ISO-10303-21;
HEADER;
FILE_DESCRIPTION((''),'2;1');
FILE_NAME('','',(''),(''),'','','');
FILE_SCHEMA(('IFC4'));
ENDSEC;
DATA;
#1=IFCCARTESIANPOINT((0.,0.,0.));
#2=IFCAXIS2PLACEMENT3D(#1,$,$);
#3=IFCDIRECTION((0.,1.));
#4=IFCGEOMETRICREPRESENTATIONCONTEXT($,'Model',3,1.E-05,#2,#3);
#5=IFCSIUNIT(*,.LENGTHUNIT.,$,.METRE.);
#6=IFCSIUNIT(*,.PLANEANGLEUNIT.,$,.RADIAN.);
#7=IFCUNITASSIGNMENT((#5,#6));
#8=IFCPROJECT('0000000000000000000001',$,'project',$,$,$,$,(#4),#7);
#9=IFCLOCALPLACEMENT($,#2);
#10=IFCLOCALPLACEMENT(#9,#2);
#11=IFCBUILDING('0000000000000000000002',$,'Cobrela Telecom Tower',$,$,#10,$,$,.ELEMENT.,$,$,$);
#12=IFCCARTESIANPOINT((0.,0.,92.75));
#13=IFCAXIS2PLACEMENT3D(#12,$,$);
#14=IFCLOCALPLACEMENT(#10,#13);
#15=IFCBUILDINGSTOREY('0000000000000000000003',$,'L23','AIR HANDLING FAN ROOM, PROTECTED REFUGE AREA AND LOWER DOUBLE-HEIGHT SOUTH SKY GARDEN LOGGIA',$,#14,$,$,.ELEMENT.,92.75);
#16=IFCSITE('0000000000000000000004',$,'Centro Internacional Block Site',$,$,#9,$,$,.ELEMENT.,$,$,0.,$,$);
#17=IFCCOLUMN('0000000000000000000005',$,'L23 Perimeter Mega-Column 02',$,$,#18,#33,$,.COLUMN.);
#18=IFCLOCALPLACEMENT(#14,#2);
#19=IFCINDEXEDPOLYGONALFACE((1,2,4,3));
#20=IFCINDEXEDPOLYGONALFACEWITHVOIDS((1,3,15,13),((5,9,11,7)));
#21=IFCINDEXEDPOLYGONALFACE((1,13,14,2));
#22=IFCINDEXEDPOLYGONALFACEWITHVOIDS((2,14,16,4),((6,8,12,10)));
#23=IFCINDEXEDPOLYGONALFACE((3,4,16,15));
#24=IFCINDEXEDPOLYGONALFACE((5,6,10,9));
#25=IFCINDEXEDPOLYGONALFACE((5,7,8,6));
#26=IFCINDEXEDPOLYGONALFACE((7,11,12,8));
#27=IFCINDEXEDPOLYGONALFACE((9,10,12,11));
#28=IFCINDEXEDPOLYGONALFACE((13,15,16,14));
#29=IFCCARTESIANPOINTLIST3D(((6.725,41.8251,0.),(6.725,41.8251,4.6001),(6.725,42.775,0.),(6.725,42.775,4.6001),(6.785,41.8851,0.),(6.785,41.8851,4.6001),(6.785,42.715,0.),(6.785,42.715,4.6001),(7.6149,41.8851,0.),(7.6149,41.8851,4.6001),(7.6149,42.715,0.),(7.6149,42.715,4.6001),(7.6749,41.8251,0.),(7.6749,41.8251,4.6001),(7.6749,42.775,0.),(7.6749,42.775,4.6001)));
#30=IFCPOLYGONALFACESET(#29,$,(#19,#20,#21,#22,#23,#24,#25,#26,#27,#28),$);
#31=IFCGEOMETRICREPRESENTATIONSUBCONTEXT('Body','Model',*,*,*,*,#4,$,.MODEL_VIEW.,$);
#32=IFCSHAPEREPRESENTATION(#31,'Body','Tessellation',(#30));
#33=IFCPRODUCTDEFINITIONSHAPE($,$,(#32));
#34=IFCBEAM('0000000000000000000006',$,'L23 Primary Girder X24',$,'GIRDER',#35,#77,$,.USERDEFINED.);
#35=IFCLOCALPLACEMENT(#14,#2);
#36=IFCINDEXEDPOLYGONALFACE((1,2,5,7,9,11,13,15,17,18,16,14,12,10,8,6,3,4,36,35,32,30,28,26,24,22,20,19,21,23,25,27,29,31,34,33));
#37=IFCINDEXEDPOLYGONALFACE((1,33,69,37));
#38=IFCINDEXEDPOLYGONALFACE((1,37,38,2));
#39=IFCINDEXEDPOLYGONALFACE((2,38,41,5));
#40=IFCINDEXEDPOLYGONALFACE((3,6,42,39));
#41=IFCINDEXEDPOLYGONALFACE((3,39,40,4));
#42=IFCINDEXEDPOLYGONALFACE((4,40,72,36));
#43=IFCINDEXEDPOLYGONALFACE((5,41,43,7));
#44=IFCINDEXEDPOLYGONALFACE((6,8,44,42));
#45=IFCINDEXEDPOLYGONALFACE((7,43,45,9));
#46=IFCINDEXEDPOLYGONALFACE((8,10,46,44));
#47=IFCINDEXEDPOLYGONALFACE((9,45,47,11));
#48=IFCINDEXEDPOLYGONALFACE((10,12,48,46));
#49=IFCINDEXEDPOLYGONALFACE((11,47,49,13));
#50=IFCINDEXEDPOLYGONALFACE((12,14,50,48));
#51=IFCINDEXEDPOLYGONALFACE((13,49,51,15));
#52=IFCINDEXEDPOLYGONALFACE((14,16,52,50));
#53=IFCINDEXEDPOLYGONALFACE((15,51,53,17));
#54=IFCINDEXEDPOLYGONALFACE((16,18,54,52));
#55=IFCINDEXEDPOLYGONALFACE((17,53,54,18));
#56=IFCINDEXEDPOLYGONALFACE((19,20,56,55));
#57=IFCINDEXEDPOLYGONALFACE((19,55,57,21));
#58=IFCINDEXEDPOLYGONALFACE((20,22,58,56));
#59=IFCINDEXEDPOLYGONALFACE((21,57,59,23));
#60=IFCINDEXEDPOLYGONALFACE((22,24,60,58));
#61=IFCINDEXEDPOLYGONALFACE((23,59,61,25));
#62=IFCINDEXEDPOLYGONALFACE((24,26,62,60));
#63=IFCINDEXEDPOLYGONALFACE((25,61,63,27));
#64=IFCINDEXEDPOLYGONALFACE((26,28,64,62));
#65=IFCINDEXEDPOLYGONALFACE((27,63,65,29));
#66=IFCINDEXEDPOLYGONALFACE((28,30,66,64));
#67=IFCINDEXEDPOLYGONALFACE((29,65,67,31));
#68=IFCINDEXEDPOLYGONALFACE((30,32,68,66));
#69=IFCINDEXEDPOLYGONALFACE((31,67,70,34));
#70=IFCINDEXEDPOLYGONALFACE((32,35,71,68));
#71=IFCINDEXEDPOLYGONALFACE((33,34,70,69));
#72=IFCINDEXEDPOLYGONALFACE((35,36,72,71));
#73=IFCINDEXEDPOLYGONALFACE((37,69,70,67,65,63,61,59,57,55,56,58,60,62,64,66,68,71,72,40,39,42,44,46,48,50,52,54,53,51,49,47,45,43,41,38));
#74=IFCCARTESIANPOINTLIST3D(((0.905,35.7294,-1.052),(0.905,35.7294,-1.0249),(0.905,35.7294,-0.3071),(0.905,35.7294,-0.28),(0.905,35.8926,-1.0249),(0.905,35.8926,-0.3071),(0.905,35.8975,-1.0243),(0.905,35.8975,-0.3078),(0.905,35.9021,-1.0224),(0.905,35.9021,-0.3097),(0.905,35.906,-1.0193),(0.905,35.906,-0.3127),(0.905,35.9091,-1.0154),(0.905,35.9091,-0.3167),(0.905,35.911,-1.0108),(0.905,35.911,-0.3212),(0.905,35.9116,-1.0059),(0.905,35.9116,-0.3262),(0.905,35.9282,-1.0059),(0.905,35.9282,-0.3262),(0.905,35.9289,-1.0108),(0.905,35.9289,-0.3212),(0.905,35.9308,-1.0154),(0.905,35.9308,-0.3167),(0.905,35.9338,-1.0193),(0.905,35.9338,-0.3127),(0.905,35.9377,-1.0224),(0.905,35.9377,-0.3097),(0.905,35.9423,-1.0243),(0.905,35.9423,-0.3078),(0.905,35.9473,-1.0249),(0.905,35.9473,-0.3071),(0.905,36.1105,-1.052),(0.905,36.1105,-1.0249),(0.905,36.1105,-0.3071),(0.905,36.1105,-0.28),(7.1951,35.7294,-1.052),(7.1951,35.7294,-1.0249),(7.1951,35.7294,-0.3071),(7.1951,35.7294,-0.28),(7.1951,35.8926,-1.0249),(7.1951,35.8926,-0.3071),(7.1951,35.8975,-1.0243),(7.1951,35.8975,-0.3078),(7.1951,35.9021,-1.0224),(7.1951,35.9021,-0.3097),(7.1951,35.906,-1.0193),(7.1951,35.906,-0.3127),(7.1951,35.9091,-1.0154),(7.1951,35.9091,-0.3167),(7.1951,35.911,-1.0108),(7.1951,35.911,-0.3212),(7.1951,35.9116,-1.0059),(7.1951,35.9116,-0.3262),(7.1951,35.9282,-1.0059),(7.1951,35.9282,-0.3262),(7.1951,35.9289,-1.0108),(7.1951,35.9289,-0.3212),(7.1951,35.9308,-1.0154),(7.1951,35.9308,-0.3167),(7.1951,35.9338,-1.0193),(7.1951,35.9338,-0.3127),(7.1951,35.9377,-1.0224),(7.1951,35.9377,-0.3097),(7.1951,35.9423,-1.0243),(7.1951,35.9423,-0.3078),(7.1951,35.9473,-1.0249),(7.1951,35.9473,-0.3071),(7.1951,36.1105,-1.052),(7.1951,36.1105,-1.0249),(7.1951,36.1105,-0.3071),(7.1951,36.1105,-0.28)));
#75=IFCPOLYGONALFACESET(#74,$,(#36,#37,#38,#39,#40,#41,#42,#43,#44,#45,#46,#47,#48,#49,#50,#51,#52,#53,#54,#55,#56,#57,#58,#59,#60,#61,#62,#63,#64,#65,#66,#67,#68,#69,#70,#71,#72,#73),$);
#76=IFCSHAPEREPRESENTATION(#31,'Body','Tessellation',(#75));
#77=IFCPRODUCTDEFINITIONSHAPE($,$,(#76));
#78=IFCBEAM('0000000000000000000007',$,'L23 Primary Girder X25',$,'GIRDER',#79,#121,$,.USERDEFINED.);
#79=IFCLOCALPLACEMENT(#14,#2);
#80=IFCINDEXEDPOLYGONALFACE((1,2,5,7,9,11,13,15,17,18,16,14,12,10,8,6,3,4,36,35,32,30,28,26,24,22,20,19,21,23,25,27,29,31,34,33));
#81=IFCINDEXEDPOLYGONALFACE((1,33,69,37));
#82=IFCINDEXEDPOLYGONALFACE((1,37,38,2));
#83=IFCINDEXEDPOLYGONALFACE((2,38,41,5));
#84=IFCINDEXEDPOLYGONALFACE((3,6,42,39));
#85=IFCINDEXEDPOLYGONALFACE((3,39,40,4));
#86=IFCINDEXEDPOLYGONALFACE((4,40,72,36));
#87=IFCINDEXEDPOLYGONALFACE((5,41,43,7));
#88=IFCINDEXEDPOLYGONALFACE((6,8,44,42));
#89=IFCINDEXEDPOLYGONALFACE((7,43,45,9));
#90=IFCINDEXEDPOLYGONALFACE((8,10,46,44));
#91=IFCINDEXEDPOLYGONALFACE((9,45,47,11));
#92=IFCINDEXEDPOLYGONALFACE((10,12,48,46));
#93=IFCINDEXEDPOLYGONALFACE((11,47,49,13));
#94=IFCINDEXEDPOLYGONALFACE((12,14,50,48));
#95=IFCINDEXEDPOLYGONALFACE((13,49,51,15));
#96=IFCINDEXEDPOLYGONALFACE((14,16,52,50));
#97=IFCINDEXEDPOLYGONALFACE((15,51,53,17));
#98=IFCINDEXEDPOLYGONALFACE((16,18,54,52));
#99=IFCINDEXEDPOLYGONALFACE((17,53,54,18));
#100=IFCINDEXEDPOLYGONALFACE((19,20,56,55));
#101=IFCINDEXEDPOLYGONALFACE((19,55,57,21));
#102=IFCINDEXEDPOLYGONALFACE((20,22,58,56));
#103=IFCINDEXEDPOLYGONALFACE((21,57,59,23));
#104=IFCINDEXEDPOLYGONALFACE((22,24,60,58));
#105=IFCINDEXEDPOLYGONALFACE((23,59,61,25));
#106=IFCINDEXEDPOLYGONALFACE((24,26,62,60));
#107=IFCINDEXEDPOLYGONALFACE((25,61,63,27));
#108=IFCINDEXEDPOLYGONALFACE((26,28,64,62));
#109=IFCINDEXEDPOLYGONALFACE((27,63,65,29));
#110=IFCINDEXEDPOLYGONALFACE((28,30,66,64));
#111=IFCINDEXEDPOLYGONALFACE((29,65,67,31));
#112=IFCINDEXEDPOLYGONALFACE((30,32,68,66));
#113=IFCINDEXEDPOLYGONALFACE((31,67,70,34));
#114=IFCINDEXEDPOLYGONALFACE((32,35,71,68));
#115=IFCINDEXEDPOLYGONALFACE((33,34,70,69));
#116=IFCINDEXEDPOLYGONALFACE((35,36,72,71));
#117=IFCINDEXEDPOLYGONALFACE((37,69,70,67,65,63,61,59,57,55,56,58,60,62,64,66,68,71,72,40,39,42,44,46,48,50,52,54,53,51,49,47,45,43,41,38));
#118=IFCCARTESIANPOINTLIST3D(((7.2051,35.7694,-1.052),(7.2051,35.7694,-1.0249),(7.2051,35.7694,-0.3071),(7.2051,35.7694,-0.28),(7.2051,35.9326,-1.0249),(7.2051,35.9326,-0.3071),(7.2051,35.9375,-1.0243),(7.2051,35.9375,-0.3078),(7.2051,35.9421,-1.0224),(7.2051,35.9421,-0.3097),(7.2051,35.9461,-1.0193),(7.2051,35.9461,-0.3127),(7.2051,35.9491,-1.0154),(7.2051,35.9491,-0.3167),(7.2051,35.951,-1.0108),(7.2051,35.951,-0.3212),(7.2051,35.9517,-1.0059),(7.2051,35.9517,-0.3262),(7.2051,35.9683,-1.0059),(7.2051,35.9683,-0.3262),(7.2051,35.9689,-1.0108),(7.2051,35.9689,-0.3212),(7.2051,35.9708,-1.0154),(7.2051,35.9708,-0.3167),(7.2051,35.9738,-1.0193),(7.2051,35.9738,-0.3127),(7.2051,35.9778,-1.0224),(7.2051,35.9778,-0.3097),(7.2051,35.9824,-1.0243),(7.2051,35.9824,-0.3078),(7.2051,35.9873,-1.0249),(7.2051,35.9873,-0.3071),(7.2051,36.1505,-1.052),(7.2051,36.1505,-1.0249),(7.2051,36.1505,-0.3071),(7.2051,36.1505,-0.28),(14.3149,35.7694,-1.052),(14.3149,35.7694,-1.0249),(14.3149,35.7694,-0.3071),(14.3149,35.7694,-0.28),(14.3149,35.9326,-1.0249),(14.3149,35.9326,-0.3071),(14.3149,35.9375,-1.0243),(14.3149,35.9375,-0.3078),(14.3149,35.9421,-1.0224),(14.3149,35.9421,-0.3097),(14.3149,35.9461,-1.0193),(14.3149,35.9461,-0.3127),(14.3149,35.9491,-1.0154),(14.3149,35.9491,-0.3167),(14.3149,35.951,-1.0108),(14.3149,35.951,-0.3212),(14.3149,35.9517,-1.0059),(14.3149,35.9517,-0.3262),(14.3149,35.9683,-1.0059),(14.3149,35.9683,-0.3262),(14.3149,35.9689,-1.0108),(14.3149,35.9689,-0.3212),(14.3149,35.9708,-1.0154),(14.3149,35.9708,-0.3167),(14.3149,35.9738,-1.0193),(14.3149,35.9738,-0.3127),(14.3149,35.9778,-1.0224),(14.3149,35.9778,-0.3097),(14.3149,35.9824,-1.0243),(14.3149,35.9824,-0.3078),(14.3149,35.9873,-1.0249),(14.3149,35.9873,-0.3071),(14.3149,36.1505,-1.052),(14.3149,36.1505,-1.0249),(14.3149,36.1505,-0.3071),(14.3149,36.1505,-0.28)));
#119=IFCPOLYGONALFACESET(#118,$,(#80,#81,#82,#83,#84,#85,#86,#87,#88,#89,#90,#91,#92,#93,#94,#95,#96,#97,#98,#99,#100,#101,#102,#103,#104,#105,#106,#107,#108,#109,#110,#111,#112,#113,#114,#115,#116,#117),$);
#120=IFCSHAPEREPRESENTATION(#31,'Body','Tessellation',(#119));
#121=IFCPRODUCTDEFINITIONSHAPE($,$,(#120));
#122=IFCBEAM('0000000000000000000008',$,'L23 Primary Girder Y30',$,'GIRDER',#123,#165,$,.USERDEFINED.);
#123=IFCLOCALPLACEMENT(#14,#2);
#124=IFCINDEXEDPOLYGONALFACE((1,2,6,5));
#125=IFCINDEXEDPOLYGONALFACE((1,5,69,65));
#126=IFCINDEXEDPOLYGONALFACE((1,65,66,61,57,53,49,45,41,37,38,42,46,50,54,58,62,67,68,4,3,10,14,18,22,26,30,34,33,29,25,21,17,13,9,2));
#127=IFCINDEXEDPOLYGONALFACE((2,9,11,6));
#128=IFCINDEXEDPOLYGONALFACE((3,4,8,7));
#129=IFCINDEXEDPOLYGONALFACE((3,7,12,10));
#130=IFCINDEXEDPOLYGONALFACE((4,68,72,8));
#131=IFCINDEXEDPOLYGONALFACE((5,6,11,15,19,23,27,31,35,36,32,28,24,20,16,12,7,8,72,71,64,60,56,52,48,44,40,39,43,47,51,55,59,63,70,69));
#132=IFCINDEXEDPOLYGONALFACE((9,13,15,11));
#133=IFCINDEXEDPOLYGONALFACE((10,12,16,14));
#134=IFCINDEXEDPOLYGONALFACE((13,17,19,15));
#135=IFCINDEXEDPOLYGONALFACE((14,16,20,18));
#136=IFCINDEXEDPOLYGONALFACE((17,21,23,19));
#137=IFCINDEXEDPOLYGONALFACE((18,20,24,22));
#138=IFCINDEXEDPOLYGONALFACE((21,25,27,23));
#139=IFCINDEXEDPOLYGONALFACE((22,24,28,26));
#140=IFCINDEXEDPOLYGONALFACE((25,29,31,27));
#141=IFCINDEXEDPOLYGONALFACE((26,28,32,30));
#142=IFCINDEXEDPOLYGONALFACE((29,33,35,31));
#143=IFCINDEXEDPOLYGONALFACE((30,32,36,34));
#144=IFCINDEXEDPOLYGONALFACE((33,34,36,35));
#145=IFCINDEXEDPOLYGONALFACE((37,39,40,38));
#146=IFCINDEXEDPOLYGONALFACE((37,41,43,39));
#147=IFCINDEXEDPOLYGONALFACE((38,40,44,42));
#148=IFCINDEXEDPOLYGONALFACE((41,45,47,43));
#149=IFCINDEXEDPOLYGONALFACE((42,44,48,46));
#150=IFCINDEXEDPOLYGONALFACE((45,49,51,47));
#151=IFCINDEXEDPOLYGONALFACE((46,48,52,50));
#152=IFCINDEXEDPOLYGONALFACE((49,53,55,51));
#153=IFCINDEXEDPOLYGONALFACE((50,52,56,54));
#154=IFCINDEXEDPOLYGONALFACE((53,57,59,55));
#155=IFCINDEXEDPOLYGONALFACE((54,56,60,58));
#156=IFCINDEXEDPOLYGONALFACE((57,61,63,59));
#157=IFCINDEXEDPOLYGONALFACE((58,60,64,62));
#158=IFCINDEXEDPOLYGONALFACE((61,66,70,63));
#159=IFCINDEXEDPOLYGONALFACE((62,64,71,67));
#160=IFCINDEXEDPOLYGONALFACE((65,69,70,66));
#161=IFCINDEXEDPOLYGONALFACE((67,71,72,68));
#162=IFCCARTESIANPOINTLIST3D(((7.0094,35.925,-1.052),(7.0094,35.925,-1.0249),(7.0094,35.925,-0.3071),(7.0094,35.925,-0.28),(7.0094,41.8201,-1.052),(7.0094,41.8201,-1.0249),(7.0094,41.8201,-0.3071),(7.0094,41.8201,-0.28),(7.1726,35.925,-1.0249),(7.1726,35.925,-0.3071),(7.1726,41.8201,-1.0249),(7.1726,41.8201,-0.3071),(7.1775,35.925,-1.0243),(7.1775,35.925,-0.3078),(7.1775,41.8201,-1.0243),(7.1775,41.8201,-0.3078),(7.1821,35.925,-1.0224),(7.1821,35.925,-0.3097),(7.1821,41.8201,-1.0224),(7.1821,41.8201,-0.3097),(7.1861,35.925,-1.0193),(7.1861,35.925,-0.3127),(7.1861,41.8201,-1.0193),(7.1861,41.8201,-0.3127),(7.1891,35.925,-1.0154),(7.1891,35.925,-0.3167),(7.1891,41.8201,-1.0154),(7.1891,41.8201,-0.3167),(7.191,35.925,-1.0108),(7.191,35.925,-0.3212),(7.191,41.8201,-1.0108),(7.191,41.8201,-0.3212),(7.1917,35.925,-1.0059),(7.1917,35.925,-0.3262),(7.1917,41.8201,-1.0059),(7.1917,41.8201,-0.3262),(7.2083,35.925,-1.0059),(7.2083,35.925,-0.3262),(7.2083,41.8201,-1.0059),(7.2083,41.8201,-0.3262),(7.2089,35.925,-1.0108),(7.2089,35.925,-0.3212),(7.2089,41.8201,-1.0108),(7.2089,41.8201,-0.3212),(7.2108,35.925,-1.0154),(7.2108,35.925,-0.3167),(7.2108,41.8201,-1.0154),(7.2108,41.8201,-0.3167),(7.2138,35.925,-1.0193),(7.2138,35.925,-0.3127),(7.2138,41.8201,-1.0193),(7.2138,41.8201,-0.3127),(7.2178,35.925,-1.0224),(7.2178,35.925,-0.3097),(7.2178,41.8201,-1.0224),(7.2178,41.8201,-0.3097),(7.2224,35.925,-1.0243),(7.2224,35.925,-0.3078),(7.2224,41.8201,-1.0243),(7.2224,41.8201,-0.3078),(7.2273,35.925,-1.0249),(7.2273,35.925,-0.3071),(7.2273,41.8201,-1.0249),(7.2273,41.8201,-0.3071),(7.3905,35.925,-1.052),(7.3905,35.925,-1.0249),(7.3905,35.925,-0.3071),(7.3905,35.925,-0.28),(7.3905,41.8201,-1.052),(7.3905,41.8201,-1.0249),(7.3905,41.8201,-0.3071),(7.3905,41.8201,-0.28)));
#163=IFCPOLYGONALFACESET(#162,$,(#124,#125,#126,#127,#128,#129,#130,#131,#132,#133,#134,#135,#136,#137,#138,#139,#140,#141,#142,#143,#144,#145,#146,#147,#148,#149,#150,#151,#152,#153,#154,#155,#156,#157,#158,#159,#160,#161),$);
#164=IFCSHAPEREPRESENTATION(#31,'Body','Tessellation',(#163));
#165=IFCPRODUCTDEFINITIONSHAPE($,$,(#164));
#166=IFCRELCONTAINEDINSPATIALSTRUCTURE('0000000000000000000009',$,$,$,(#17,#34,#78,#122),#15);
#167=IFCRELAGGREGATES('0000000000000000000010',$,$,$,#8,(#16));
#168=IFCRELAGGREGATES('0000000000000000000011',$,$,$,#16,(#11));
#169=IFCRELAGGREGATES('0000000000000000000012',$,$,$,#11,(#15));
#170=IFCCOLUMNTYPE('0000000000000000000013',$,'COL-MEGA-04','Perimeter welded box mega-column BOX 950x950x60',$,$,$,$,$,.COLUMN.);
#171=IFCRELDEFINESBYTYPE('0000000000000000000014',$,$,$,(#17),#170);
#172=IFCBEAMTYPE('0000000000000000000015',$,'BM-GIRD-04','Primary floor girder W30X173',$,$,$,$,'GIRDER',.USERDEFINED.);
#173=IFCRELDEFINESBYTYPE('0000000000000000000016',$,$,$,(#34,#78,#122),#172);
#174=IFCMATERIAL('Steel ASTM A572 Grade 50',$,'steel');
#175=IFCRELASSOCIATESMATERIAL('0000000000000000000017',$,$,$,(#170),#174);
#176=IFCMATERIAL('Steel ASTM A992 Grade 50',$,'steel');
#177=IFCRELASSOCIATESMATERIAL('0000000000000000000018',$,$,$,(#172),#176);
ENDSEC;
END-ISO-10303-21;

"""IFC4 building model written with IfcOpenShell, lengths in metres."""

from ifc_helpers import new_model, si_unit, direction, frame, origin, origin_2d, place, context, subcontext, project, spatial, hollow_rectangle, i_section, extrude, material, material_profile, profile_set, type_object, element, save


model = new_model("IFC4")

# Units and contexts
model_context = context("Model", 3, precision=1e-05, world=origin(), true_north=direction((0.0, 1.0)))
body_context = subcontext(model_context, "Body", "Model", "MODEL_VIEW")
ifc_project = project(units=[si_unit("LENGTHUNIT", "METRE"), si_unit("PLANEANGLEUNIT", "RADIAN")], contexts=[model_context])

# Site, building, storey
site_placement = place(None, origin())
site = spatial("IfcSite", under=ifc_project, at=site_placement, Name="Centro Internacional Block Site", CompositionType="ELEMENT", RefElevation=0.0)
building_placement = place(site_placement, origin())
building = spatial("IfcBuilding", under=site, at=building_placement, Name="Cobrela Telecom Tower", CompositionType="ELEMENT")
storey_placement = place(building_placement, frame((0.0, 0.0, 92.75)))
storey = spatial("IfcBuildingStorey", under=building, at=storey_placement, Name="L23", Description="AIR HANDLING FAN ROOM, PROTECTED REFUGE AREA AND LOWER DOUBLE-HEIGHT SOUTH SKY GARDEN LOGGIA", CompositionType="ELEMENT", Elevation=92.75)

# Column
ifc_material_1 = material(Name="Steel ASTM A572 Grade 50", Category="steel")
ifc_material_profile_1 = material_profile(ifc_material_1, hollow_rectangle(XDim=0.95, YDim=0.95, WallThickness=0.0601, at=origin_2d()), Name="BOX 950x950x60")
ifc_profile_set_1 = profile_set([ifc_material_profile_1], Name="Steel ASTM A572 Grade 50")
column_type = type_object("IfcColumnType", Name="COL-MEGA-04", Description="Perimeter welded box mega-column BOX 950x950x60", PredefinedType="COLUMN", material=ifc_profile_set_1)
column_placement = place(storey_placement, frame((7.2, 42.3, 0.0), z_axis=(0.0, 0.0, 1.0), x_axis=(1.0, 0.0, 0.0)))
element("IfcColumn", 1, at=column_placement, inside=storey, type_object=column_type, Name="L23 Perimeter Mega-Column 02", PredefinedType="COLUMN", context=body_context, shape_type="SweptSolid", body=[
    extrude(hollow_rectangle(XDim=0.95, YDim=0.95, WallThickness=0.0601, at=origin_2d()), origin(), (0.0, 0.0, 1.0), 4.6001),
])

# Beams
ifc_material_2 = material(Name="Steel ASTM A992 Grade 50", Category="steel")
ifc_material_profile_2 = material_profile(ifc_material_2, i_section(OverallWidth=0.3811, OverallDepth=0.772, WebThickness=0.0166, FlangeThickness=0.0271, FilletRadius=0.019, at=origin_2d()), Name="W30X173")
ifc_profile_set_2 = profile_set([ifc_material_profile_2], Name="Steel ASTM A992 Grade 50")
beam_type_1 = type_object("IfcBeamType", Name="BM-GIRD-04", Description="Primary floor girder W30X173", ElementType="GIRDER", PredefinedType="USERDEFINED", material=ifc_profile_set_2)
beam_1_placement = place(storey_placement, frame((0.905, 35.9199, -0.666), z_axis=(1.0, 0.0, 0.0), x_axis=(0.0, 1.0, 0.0)))
element("IfcBeam", 2, at=beam_1_placement, inside=storey, type_object=beam_type_1, Name="L23 Primary Girder X24", ObjectType="GIRDER", PredefinedType="USERDEFINED", context=body_context, shape_type="SweptSolid", body=[
    extrude(i_section(OverallWidth=0.3811, OverallDepth=0.772, WebThickness=0.0166, FlangeThickness=0.0271, FilletRadius=0.019, at=origin_2d()), origin(), (0.0, 0.0, 1.0), 6.29),
])
beam_2_placement = place(storey_placement, frame((7.2051, 35.96, -0.666), z_axis=(1.0, 0.0, 0.0), x_axis=(0.0, 1.0, 0.0)))
element("IfcBeam", 3, at=beam_2_placement, inside=storey, type_object=beam_type_1, Name="L23 Primary Girder X25", ObjectType="GIRDER", PredefinedType="USERDEFINED", context=body_context, shape_type="SweptSolid", body=[
    extrude(i_section(OverallWidth=0.3811, OverallDepth=0.772, WebThickness=0.0166, FlangeThickness=0.0271, FilletRadius=0.019, at=origin_2d()), origin(), (0.0, 0.0, 1.0), 7.1099),
])
beam_3_placement = place(storey_placement, frame((7.2, 35.925, -0.666), z_axis=(0.0, 1.0, 0.0), x_axis=(-1.0, 0.0, 0.0)))
element("IfcBeam", 4, at=beam_3_placement, inside=storey, type_object=beam_type_1, Name="L23 Primary Girder Y30", ObjectType="GIRDER", PredefinedType="USERDEFINED", context=body_context, shape_type="SweptSolid", body=[
    extrude(i_section(OverallWidth=0.3811, OverallDepth=0.772, WebThickness=0.0166, FlangeThickness=0.0271, FilletRadius=0.019, at=origin_2d()), origin(), (0.0, 0.0, 1.0), 5.895),
])

save(model, "model.ifc")
